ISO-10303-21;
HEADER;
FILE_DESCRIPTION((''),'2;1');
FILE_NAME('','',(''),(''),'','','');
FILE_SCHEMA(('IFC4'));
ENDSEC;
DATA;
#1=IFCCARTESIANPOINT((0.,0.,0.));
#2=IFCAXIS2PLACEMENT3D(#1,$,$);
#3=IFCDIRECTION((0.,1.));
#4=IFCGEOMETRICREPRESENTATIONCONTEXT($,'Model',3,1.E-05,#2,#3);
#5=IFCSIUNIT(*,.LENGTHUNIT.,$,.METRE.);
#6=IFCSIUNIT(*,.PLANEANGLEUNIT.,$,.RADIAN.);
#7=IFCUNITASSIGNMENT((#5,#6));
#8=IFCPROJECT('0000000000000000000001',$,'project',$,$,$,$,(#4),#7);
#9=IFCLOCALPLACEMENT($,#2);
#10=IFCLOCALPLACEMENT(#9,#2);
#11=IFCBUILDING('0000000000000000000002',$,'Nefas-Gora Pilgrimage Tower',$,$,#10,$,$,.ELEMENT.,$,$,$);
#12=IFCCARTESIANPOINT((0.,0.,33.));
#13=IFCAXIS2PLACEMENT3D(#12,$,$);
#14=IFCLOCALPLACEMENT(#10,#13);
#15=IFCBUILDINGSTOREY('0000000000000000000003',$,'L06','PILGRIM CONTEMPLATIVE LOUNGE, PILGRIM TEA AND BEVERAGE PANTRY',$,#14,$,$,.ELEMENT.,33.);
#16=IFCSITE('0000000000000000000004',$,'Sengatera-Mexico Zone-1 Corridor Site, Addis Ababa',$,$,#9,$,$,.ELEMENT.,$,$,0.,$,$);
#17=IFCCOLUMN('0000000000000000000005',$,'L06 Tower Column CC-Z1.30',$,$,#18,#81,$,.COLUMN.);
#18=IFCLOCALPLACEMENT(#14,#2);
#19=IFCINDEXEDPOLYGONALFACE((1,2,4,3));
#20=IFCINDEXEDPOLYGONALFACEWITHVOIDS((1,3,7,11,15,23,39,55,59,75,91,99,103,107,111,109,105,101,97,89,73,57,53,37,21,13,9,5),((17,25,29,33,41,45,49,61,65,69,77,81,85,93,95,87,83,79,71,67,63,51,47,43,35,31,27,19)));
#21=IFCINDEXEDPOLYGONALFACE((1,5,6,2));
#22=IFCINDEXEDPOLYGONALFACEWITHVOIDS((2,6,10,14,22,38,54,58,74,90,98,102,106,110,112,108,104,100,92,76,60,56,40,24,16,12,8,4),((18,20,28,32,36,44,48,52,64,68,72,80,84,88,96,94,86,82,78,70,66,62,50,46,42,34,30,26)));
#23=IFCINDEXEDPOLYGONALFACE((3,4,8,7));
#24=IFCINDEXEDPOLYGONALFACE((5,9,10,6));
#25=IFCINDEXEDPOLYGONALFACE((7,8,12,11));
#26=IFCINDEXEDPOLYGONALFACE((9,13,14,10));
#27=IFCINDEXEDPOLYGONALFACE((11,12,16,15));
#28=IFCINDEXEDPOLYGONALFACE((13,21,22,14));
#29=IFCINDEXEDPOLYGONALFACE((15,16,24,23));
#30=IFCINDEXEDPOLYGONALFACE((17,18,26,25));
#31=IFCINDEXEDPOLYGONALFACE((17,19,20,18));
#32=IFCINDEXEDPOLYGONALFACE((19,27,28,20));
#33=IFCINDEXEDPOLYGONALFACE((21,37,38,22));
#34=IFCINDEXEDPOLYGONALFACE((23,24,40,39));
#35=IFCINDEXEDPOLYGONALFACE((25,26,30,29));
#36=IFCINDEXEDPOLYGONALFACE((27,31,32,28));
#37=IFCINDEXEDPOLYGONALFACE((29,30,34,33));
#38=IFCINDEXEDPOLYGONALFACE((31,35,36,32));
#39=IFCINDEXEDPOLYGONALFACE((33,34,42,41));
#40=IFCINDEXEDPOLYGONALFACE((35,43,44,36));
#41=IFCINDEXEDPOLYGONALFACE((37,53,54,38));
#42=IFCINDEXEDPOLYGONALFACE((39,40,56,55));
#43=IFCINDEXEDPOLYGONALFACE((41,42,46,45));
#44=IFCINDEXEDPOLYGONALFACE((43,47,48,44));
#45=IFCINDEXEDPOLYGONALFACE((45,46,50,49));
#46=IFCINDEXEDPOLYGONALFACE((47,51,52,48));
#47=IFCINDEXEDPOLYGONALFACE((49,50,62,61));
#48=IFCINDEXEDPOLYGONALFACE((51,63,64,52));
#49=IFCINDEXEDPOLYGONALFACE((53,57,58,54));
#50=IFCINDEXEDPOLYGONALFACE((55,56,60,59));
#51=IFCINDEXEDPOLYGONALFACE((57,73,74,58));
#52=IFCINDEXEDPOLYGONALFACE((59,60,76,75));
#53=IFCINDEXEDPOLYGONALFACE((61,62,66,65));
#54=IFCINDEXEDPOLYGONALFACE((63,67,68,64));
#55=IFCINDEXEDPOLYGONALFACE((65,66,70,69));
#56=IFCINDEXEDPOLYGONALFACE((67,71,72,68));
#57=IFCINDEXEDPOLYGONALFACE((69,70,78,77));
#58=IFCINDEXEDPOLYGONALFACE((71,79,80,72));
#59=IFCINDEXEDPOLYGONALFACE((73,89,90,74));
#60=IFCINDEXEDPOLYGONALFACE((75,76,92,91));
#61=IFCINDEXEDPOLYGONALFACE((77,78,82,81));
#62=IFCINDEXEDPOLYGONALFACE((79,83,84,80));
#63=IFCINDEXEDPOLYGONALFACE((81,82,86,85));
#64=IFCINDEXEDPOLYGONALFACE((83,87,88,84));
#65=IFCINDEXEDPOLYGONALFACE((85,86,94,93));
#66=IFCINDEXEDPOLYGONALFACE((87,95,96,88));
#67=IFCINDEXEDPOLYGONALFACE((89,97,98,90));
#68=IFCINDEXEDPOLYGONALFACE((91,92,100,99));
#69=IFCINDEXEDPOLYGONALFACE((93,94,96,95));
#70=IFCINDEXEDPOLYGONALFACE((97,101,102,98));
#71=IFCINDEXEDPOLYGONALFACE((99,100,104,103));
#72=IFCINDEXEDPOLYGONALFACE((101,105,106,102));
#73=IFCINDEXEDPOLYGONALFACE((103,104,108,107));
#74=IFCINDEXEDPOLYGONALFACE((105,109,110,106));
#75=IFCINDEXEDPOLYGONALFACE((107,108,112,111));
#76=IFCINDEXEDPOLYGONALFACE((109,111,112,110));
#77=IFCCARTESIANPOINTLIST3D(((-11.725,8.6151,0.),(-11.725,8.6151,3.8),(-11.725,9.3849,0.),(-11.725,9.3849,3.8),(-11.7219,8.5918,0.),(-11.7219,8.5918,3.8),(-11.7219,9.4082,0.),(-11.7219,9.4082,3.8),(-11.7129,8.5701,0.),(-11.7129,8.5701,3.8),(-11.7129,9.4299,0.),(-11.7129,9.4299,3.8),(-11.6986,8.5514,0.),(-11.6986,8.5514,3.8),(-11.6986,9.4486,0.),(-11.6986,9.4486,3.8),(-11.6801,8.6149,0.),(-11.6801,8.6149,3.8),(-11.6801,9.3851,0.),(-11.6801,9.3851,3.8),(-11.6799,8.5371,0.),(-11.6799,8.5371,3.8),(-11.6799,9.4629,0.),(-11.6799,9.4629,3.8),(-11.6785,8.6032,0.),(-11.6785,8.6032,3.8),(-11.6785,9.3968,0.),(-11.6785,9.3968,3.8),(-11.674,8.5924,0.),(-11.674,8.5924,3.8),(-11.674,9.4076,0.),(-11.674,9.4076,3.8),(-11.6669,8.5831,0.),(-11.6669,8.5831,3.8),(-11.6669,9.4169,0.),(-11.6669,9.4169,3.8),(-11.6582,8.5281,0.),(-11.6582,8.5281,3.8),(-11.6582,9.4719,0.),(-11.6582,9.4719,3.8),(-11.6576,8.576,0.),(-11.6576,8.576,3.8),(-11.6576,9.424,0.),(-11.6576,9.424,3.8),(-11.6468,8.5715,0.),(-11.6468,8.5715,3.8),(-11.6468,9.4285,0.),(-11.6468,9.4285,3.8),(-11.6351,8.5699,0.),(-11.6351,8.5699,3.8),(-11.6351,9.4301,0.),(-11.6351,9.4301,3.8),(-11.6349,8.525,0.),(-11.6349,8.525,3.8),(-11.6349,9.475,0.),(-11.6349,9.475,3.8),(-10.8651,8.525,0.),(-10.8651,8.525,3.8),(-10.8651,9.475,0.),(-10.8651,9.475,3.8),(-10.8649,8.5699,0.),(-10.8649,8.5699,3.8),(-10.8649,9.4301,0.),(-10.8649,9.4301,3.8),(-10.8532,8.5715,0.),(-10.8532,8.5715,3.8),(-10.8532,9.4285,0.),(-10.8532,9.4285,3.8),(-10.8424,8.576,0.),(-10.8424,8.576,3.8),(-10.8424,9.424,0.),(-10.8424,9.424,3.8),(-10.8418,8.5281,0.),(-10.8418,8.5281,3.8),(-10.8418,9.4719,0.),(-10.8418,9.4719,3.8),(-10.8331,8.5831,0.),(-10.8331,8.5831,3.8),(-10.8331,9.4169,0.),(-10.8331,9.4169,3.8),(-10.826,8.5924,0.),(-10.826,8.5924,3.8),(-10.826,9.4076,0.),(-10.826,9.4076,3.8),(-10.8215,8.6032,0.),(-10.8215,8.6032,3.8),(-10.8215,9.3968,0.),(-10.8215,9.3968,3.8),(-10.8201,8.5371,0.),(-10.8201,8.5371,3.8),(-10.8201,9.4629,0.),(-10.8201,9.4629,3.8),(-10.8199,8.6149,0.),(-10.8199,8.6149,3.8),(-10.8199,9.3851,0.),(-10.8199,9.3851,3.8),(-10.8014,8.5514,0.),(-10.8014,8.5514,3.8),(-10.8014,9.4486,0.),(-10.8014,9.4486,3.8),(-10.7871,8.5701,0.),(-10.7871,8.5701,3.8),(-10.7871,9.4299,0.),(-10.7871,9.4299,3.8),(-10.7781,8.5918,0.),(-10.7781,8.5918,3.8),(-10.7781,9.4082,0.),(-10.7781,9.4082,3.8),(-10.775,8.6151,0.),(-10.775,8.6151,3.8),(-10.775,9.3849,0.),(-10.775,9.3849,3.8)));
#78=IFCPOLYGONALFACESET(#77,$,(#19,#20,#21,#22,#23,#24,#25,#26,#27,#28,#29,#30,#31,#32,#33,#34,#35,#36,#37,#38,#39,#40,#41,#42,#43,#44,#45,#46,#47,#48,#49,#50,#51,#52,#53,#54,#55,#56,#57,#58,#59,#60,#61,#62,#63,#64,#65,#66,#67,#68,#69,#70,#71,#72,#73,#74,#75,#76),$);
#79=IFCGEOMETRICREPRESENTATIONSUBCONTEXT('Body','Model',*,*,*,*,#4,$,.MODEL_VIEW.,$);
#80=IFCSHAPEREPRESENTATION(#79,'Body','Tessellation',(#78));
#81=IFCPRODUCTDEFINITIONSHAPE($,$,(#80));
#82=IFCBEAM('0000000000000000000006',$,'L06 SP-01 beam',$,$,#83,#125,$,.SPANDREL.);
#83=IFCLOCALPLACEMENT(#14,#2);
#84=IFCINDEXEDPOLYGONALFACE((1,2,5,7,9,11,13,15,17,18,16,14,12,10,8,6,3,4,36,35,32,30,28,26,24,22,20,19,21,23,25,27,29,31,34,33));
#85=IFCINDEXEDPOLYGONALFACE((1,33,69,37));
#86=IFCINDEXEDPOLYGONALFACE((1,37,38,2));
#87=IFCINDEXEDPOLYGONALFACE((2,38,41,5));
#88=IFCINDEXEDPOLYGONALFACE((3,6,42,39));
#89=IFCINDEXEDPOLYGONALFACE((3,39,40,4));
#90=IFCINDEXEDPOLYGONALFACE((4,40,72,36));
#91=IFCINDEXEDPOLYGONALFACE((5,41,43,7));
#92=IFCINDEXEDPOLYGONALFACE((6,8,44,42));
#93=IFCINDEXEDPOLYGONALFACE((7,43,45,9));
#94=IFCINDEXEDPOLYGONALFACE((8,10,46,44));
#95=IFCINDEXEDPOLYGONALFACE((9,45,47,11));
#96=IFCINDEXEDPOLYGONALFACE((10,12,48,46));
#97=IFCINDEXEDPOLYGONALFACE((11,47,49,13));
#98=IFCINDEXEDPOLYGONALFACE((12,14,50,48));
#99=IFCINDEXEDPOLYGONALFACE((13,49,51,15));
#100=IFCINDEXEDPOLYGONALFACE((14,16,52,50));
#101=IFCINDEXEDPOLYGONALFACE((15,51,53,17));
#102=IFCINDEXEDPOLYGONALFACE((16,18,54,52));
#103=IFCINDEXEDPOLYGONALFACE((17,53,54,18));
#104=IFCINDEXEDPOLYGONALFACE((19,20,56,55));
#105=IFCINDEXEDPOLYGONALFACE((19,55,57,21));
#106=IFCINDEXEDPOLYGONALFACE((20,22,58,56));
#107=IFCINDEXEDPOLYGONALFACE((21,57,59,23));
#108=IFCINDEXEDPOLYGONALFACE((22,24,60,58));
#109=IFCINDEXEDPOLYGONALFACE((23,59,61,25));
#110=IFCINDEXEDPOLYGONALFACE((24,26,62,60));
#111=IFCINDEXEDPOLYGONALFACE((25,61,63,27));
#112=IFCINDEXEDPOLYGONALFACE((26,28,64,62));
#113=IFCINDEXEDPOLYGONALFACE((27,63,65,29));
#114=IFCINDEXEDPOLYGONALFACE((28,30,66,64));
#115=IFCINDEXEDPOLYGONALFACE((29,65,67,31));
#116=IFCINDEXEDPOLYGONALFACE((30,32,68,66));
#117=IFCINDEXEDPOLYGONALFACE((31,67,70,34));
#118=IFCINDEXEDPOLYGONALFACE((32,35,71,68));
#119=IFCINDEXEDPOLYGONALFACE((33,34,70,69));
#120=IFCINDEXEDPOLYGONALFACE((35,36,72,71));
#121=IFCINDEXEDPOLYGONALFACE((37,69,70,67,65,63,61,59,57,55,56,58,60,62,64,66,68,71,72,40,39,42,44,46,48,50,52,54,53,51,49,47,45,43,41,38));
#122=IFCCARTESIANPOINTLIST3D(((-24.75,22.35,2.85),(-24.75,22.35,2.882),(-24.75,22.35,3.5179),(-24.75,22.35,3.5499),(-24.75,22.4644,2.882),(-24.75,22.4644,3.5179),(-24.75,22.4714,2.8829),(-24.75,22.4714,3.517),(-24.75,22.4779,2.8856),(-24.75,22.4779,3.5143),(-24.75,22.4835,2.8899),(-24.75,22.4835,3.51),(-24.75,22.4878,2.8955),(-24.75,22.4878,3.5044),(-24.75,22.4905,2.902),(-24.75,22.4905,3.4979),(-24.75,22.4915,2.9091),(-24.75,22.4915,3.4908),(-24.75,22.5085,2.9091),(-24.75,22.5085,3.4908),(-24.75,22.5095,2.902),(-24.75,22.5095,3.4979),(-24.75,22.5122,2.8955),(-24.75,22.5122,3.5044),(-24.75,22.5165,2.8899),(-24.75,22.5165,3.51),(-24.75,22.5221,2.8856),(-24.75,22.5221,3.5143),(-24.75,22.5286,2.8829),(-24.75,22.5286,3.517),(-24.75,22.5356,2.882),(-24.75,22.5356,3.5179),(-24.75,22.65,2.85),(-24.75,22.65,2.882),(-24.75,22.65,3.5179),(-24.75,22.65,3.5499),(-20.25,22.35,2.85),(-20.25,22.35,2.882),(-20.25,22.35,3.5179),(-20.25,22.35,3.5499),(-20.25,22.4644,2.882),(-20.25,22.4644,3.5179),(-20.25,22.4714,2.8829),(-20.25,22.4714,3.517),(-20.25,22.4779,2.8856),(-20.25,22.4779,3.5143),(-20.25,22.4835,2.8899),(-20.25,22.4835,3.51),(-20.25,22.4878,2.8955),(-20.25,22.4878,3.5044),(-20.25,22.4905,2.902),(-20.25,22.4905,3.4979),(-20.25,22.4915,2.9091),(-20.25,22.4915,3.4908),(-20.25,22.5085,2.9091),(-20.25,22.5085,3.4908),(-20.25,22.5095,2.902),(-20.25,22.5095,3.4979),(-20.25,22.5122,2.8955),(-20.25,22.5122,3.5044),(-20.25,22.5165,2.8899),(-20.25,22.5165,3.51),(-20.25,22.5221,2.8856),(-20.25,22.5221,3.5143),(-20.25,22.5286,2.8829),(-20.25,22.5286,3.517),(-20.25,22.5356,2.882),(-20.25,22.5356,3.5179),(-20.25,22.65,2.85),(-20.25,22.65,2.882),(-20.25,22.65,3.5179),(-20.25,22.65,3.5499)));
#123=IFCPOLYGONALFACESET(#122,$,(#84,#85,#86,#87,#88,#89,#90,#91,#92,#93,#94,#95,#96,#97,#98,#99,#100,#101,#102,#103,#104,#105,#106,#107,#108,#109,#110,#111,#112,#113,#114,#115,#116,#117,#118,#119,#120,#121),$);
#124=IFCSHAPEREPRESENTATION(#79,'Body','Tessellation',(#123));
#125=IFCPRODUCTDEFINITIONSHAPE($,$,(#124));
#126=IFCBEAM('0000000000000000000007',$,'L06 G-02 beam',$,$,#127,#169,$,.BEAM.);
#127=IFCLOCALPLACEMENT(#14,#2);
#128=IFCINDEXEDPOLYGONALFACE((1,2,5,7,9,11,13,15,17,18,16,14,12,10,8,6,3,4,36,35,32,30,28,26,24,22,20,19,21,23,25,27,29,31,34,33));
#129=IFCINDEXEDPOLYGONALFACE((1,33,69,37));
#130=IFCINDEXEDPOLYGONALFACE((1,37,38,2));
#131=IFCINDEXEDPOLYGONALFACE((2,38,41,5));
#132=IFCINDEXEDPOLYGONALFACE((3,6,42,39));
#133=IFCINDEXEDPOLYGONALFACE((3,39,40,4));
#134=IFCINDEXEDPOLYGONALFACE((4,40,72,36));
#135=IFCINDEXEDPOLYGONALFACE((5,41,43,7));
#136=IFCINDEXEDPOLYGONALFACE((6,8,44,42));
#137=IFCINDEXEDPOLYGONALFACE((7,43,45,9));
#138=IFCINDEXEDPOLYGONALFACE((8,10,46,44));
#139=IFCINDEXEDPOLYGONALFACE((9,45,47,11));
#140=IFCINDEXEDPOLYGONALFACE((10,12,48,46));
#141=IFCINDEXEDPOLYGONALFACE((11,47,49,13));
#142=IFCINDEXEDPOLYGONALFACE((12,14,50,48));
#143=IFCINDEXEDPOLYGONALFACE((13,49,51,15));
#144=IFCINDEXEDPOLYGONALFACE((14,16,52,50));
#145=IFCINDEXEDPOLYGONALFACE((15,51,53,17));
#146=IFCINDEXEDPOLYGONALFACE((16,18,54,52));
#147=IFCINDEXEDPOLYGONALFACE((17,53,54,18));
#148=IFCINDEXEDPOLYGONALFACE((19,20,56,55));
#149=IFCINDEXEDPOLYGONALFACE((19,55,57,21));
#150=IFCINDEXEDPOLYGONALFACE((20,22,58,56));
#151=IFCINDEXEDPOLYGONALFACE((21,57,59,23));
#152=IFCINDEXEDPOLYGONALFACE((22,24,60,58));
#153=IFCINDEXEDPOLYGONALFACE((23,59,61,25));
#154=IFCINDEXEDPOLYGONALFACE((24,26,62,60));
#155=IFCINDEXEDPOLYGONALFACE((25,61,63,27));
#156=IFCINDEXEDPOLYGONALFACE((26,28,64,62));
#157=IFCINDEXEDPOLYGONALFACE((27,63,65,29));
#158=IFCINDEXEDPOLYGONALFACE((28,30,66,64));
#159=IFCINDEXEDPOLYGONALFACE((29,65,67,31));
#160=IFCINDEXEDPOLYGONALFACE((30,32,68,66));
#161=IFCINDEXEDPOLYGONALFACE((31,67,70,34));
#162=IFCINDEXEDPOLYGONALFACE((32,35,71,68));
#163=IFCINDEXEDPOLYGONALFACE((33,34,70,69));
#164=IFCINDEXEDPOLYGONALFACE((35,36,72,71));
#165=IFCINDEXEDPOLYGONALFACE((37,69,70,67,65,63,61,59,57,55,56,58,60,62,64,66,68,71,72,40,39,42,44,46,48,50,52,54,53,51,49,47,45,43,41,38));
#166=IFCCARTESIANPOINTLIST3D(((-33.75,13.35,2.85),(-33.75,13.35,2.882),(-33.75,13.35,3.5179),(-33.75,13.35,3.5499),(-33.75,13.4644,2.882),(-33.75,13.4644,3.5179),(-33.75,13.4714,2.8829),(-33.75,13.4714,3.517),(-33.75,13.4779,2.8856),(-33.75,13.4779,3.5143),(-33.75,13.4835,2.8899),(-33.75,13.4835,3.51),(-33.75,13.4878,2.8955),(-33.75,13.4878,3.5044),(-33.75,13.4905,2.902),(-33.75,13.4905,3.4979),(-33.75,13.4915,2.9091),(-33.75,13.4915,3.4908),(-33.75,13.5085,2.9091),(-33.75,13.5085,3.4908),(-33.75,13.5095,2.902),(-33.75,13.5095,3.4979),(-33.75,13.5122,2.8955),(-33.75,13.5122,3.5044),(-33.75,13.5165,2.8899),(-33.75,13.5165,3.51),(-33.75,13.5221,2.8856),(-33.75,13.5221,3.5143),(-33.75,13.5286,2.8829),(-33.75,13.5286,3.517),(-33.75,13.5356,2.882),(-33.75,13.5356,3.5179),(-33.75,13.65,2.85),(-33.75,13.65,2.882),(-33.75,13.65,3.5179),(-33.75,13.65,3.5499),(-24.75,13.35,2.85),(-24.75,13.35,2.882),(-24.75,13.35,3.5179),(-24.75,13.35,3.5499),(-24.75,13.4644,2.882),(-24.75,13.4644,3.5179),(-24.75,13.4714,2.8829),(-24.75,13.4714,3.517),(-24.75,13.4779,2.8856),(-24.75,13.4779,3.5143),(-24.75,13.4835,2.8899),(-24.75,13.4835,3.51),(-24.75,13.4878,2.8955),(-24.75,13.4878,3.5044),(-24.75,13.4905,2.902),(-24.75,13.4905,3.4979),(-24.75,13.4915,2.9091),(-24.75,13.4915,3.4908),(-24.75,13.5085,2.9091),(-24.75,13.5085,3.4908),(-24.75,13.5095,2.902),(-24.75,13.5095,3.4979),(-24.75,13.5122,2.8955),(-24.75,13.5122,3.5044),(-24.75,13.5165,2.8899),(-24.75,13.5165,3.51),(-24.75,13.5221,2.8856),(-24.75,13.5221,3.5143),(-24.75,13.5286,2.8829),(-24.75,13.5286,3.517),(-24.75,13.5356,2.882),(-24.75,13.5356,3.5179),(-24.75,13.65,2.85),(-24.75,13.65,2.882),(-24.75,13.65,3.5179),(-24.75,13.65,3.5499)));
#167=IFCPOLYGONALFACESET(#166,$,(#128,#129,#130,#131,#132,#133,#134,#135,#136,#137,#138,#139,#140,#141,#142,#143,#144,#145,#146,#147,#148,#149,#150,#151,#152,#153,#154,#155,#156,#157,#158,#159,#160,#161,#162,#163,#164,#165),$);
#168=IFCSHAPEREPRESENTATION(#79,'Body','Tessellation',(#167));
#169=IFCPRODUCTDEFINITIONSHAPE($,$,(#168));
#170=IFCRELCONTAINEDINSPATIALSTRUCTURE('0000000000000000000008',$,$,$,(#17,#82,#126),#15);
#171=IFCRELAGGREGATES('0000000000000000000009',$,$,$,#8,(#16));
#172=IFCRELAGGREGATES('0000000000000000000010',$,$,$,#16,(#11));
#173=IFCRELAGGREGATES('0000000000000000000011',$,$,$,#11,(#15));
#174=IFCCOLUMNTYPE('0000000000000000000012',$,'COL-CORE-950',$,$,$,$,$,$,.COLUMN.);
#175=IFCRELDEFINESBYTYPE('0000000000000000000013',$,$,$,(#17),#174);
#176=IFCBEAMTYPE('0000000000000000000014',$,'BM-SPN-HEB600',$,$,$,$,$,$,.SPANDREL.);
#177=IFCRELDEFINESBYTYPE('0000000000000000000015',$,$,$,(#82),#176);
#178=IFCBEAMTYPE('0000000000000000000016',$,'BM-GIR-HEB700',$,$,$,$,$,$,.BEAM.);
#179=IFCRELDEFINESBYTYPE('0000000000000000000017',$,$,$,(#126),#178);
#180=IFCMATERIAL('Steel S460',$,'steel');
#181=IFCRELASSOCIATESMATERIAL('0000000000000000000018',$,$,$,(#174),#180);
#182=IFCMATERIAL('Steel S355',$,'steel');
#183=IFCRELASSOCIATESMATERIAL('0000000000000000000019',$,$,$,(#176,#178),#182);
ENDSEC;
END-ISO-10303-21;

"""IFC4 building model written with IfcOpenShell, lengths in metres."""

from ifc_helpers import new_model, si_unit, direction, frame, origin, origin_2d, place, context, subcontext, project, spatial, hollow_rectangle, i_section, extrude, source, transform, mapped, material, material_profile, profile_set, type_object, element, save


model = new_model("IFC4")

# Units and contexts
model_context = context("Model", 3, precision=1e-05, world=origin(), true_north=direction((0.0, 1.0)))
body_context = subcontext(model_context, "Body", "Model", "MODEL_VIEW")
ifc_project = project(units=[si_unit("LENGTHUNIT", "METRE"), si_unit("PLANEANGLEUNIT", "RADIAN")], contexts=[model_context])

# Site, building, storey
site_placement = place(None, origin())
site = spatial("IfcSite", under=ifc_project, at=site_placement, Name="Sengatera-Mexico Zone-1 Corridor Site, Addis Ababa", CompositionType="ELEMENT", RefElevation=0.0)
building_placement = place(site_placement, origin())
building = spatial("IfcBuilding", under=site, at=building_placement, Name="Nefas-Gora Pilgrimage Tower", CompositionType="ELEMENT")
storey_placement = place(building_placement, frame((0.0, 0.0, 33.0)))
storey = spatial("IfcBuildingStorey", under=building, at=storey_placement, Name="L06", Description="PILGRIM CONTEMPLATIVE LOUNGE, PILGRIM TEA AND BEVERAGE PANTRY", CompositionType="ELEMENT", Elevation=33.0)

# Column
ifc_material_1 = material(Name="Steel S460", Category="steel")
ifc_material_profile_1 = material_profile(ifc_material_1, hollow_rectangle(XDim=0.95, YDim=0.95, WallThickness=0.0449, InnerFilletRadius=0.0449, OuterFilletRadius=0.0901, at=origin_2d()), Name="BOX 950x950x45")
ifc_profile_set_1 = profile_set([ifc_material_profile_1], Name="Steel S460")
column_type_1 = type_object("IfcColumnType", Name="COL-CORE-950", PredefinedType="COLUMN", material=ifc_profile_set_1)
shared_shape_1 = source(origin(), body_context, "Body", "SweptSolid", [
    extrude(hollow_rectangle(XDim=0.95, YDim=0.95, WallThickness=0.0449, InnerFilletRadius=0.0449, OuterFilletRadius=0.0901, at=origin_2d()), origin(), (0.0, 0.0, 1.0), 3.8),
])
column_placement = place(storey_placement, frame((-11.25, 9.0, 0.0), z_axis=(0.0, 0.0, 1.0), x_axis=(1.0, 0.0, 0.0)))
element("IfcColumn", 1, at=column_placement, inside=storey, type_object=column_type_1, Name="L06 Tower Column CC-Z1.30", PredefinedType="COLUMN", context=body_context, shape_type="MappedRepresentation", body=[
    mapped(shared_shape_1, transform((0.0, 0.0, 0.0), x_axis=(1.0, 0.0, 0.0), y_axis=(0.0, 1.0, 0.0), z_axis=(0.0, 0.0, 1.0), scale=1.0)),
])

# Beams
ifc_material_2 = material(Name="Steel S355", Category="steel")
ifc_material_profile_2 = material_profile(ifc_material_2, i_section(OverallWidth=0.3, OverallDepth=0.7, WebThickness=0.0171, FlangeThickness=0.032, FilletRadius=0.0271, at=origin_2d()), Name="HEB 700")
ifc_profile_set_2 = profile_set([ifc_material_profile_2], Name="Steel S355")
beam_type_1 = type_object("IfcBeamType", Name="BM-SPN-HEB600", PredefinedType="SPANDREL", material=ifc_profile_set_2)
shared_shape_2 = source(origin(), body_context, "Body", "SweptSolid", [
    extrude(i_section(OverallWidth=0.3, OverallDepth=0.7, WebThickness=0.0171, FlangeThickness=0.032, FilletRadius=0.0271, at=origin_2d()), origin(), (0.0, 0.0, 1.0), 4.5),
])
beam_placement = place(storey_placement, frame((-24.75, 22.5, 3.2), z_axis=(1.0, 0.0, 0.0), x_axis=(0.0, 1.0, 0.0)))
element("IfcBeam", 2, at=beam_placement, inside=storey, type_object=beam_type_1, Name="L06 SP-01 beam", PredefinedType="SPANDREL", context=body_context, shape_type="MappedRepresentation", body=[
    mapped(shared_shape_2, transform((0.0, 0.0, 0.0), x_axis=(1.0, 0.0, 0.0), y_axis=(0.0, 1.0, 0.0), z_axis=(0.0, 0.0, 1.0), scale=1.0)),
])
ifc_material_profile_3 = material_profile(ifc_material_2, i_section(OverallWidth=0.3, OverallDepth=0.7, WebThickness=0.0171, FlangeThickness=0.032, FilletRadius=0.0271, at=origin_2d()), Name="HEB 700")
ifc_profile_set_3 = profile_set([ifc_material_profile_3], Name="Steel S355")
beam_type_2 = type_object("IfcBeamType", Name="BM-GIR-HEB700", PredefinedType="BEAM", material=ifc_profile_set_3)
shared_shape_3 = source(origin(), body_context, "Body", "SweptSolid", [
    extrude(i_section(OverallWidth=0.3, OverallDepth=0.7, WebThickness=0.0171, FlangeThickness=0.032, FilletRadius=0.0271, at=origin_2d()), origin(), (0.0, 0.0, 1.0), 9.0),
])
for number, where, z_axis, x_axis, name in (
    (3, (-33.75, 13.5, 3.2), (1.0, 0.0, 0.0), (0.0, 1.0, 0.0), "L06 G-02 beam"),
):
    element("IfcBeam", number, at=place(storey_placement, frame(where, z_axis=z_axis, x_axis=x_axis)), inside=storey, type_object=beam_type_2, Name=name, PredefinedType="BEAM", context=body_context, shape_type="MappedRepresentation", body=[
        mapped(shared_shape_3, transform((0.0, 0.0, 0.0), x_axis=(1.0, 0.0, 0.0), y_axis=(0.0, 1.0, 0.0), z_axis=(0.0, 0.0, 1.0), scale=1.0)),
    ])

save(model, "model.ifc")
